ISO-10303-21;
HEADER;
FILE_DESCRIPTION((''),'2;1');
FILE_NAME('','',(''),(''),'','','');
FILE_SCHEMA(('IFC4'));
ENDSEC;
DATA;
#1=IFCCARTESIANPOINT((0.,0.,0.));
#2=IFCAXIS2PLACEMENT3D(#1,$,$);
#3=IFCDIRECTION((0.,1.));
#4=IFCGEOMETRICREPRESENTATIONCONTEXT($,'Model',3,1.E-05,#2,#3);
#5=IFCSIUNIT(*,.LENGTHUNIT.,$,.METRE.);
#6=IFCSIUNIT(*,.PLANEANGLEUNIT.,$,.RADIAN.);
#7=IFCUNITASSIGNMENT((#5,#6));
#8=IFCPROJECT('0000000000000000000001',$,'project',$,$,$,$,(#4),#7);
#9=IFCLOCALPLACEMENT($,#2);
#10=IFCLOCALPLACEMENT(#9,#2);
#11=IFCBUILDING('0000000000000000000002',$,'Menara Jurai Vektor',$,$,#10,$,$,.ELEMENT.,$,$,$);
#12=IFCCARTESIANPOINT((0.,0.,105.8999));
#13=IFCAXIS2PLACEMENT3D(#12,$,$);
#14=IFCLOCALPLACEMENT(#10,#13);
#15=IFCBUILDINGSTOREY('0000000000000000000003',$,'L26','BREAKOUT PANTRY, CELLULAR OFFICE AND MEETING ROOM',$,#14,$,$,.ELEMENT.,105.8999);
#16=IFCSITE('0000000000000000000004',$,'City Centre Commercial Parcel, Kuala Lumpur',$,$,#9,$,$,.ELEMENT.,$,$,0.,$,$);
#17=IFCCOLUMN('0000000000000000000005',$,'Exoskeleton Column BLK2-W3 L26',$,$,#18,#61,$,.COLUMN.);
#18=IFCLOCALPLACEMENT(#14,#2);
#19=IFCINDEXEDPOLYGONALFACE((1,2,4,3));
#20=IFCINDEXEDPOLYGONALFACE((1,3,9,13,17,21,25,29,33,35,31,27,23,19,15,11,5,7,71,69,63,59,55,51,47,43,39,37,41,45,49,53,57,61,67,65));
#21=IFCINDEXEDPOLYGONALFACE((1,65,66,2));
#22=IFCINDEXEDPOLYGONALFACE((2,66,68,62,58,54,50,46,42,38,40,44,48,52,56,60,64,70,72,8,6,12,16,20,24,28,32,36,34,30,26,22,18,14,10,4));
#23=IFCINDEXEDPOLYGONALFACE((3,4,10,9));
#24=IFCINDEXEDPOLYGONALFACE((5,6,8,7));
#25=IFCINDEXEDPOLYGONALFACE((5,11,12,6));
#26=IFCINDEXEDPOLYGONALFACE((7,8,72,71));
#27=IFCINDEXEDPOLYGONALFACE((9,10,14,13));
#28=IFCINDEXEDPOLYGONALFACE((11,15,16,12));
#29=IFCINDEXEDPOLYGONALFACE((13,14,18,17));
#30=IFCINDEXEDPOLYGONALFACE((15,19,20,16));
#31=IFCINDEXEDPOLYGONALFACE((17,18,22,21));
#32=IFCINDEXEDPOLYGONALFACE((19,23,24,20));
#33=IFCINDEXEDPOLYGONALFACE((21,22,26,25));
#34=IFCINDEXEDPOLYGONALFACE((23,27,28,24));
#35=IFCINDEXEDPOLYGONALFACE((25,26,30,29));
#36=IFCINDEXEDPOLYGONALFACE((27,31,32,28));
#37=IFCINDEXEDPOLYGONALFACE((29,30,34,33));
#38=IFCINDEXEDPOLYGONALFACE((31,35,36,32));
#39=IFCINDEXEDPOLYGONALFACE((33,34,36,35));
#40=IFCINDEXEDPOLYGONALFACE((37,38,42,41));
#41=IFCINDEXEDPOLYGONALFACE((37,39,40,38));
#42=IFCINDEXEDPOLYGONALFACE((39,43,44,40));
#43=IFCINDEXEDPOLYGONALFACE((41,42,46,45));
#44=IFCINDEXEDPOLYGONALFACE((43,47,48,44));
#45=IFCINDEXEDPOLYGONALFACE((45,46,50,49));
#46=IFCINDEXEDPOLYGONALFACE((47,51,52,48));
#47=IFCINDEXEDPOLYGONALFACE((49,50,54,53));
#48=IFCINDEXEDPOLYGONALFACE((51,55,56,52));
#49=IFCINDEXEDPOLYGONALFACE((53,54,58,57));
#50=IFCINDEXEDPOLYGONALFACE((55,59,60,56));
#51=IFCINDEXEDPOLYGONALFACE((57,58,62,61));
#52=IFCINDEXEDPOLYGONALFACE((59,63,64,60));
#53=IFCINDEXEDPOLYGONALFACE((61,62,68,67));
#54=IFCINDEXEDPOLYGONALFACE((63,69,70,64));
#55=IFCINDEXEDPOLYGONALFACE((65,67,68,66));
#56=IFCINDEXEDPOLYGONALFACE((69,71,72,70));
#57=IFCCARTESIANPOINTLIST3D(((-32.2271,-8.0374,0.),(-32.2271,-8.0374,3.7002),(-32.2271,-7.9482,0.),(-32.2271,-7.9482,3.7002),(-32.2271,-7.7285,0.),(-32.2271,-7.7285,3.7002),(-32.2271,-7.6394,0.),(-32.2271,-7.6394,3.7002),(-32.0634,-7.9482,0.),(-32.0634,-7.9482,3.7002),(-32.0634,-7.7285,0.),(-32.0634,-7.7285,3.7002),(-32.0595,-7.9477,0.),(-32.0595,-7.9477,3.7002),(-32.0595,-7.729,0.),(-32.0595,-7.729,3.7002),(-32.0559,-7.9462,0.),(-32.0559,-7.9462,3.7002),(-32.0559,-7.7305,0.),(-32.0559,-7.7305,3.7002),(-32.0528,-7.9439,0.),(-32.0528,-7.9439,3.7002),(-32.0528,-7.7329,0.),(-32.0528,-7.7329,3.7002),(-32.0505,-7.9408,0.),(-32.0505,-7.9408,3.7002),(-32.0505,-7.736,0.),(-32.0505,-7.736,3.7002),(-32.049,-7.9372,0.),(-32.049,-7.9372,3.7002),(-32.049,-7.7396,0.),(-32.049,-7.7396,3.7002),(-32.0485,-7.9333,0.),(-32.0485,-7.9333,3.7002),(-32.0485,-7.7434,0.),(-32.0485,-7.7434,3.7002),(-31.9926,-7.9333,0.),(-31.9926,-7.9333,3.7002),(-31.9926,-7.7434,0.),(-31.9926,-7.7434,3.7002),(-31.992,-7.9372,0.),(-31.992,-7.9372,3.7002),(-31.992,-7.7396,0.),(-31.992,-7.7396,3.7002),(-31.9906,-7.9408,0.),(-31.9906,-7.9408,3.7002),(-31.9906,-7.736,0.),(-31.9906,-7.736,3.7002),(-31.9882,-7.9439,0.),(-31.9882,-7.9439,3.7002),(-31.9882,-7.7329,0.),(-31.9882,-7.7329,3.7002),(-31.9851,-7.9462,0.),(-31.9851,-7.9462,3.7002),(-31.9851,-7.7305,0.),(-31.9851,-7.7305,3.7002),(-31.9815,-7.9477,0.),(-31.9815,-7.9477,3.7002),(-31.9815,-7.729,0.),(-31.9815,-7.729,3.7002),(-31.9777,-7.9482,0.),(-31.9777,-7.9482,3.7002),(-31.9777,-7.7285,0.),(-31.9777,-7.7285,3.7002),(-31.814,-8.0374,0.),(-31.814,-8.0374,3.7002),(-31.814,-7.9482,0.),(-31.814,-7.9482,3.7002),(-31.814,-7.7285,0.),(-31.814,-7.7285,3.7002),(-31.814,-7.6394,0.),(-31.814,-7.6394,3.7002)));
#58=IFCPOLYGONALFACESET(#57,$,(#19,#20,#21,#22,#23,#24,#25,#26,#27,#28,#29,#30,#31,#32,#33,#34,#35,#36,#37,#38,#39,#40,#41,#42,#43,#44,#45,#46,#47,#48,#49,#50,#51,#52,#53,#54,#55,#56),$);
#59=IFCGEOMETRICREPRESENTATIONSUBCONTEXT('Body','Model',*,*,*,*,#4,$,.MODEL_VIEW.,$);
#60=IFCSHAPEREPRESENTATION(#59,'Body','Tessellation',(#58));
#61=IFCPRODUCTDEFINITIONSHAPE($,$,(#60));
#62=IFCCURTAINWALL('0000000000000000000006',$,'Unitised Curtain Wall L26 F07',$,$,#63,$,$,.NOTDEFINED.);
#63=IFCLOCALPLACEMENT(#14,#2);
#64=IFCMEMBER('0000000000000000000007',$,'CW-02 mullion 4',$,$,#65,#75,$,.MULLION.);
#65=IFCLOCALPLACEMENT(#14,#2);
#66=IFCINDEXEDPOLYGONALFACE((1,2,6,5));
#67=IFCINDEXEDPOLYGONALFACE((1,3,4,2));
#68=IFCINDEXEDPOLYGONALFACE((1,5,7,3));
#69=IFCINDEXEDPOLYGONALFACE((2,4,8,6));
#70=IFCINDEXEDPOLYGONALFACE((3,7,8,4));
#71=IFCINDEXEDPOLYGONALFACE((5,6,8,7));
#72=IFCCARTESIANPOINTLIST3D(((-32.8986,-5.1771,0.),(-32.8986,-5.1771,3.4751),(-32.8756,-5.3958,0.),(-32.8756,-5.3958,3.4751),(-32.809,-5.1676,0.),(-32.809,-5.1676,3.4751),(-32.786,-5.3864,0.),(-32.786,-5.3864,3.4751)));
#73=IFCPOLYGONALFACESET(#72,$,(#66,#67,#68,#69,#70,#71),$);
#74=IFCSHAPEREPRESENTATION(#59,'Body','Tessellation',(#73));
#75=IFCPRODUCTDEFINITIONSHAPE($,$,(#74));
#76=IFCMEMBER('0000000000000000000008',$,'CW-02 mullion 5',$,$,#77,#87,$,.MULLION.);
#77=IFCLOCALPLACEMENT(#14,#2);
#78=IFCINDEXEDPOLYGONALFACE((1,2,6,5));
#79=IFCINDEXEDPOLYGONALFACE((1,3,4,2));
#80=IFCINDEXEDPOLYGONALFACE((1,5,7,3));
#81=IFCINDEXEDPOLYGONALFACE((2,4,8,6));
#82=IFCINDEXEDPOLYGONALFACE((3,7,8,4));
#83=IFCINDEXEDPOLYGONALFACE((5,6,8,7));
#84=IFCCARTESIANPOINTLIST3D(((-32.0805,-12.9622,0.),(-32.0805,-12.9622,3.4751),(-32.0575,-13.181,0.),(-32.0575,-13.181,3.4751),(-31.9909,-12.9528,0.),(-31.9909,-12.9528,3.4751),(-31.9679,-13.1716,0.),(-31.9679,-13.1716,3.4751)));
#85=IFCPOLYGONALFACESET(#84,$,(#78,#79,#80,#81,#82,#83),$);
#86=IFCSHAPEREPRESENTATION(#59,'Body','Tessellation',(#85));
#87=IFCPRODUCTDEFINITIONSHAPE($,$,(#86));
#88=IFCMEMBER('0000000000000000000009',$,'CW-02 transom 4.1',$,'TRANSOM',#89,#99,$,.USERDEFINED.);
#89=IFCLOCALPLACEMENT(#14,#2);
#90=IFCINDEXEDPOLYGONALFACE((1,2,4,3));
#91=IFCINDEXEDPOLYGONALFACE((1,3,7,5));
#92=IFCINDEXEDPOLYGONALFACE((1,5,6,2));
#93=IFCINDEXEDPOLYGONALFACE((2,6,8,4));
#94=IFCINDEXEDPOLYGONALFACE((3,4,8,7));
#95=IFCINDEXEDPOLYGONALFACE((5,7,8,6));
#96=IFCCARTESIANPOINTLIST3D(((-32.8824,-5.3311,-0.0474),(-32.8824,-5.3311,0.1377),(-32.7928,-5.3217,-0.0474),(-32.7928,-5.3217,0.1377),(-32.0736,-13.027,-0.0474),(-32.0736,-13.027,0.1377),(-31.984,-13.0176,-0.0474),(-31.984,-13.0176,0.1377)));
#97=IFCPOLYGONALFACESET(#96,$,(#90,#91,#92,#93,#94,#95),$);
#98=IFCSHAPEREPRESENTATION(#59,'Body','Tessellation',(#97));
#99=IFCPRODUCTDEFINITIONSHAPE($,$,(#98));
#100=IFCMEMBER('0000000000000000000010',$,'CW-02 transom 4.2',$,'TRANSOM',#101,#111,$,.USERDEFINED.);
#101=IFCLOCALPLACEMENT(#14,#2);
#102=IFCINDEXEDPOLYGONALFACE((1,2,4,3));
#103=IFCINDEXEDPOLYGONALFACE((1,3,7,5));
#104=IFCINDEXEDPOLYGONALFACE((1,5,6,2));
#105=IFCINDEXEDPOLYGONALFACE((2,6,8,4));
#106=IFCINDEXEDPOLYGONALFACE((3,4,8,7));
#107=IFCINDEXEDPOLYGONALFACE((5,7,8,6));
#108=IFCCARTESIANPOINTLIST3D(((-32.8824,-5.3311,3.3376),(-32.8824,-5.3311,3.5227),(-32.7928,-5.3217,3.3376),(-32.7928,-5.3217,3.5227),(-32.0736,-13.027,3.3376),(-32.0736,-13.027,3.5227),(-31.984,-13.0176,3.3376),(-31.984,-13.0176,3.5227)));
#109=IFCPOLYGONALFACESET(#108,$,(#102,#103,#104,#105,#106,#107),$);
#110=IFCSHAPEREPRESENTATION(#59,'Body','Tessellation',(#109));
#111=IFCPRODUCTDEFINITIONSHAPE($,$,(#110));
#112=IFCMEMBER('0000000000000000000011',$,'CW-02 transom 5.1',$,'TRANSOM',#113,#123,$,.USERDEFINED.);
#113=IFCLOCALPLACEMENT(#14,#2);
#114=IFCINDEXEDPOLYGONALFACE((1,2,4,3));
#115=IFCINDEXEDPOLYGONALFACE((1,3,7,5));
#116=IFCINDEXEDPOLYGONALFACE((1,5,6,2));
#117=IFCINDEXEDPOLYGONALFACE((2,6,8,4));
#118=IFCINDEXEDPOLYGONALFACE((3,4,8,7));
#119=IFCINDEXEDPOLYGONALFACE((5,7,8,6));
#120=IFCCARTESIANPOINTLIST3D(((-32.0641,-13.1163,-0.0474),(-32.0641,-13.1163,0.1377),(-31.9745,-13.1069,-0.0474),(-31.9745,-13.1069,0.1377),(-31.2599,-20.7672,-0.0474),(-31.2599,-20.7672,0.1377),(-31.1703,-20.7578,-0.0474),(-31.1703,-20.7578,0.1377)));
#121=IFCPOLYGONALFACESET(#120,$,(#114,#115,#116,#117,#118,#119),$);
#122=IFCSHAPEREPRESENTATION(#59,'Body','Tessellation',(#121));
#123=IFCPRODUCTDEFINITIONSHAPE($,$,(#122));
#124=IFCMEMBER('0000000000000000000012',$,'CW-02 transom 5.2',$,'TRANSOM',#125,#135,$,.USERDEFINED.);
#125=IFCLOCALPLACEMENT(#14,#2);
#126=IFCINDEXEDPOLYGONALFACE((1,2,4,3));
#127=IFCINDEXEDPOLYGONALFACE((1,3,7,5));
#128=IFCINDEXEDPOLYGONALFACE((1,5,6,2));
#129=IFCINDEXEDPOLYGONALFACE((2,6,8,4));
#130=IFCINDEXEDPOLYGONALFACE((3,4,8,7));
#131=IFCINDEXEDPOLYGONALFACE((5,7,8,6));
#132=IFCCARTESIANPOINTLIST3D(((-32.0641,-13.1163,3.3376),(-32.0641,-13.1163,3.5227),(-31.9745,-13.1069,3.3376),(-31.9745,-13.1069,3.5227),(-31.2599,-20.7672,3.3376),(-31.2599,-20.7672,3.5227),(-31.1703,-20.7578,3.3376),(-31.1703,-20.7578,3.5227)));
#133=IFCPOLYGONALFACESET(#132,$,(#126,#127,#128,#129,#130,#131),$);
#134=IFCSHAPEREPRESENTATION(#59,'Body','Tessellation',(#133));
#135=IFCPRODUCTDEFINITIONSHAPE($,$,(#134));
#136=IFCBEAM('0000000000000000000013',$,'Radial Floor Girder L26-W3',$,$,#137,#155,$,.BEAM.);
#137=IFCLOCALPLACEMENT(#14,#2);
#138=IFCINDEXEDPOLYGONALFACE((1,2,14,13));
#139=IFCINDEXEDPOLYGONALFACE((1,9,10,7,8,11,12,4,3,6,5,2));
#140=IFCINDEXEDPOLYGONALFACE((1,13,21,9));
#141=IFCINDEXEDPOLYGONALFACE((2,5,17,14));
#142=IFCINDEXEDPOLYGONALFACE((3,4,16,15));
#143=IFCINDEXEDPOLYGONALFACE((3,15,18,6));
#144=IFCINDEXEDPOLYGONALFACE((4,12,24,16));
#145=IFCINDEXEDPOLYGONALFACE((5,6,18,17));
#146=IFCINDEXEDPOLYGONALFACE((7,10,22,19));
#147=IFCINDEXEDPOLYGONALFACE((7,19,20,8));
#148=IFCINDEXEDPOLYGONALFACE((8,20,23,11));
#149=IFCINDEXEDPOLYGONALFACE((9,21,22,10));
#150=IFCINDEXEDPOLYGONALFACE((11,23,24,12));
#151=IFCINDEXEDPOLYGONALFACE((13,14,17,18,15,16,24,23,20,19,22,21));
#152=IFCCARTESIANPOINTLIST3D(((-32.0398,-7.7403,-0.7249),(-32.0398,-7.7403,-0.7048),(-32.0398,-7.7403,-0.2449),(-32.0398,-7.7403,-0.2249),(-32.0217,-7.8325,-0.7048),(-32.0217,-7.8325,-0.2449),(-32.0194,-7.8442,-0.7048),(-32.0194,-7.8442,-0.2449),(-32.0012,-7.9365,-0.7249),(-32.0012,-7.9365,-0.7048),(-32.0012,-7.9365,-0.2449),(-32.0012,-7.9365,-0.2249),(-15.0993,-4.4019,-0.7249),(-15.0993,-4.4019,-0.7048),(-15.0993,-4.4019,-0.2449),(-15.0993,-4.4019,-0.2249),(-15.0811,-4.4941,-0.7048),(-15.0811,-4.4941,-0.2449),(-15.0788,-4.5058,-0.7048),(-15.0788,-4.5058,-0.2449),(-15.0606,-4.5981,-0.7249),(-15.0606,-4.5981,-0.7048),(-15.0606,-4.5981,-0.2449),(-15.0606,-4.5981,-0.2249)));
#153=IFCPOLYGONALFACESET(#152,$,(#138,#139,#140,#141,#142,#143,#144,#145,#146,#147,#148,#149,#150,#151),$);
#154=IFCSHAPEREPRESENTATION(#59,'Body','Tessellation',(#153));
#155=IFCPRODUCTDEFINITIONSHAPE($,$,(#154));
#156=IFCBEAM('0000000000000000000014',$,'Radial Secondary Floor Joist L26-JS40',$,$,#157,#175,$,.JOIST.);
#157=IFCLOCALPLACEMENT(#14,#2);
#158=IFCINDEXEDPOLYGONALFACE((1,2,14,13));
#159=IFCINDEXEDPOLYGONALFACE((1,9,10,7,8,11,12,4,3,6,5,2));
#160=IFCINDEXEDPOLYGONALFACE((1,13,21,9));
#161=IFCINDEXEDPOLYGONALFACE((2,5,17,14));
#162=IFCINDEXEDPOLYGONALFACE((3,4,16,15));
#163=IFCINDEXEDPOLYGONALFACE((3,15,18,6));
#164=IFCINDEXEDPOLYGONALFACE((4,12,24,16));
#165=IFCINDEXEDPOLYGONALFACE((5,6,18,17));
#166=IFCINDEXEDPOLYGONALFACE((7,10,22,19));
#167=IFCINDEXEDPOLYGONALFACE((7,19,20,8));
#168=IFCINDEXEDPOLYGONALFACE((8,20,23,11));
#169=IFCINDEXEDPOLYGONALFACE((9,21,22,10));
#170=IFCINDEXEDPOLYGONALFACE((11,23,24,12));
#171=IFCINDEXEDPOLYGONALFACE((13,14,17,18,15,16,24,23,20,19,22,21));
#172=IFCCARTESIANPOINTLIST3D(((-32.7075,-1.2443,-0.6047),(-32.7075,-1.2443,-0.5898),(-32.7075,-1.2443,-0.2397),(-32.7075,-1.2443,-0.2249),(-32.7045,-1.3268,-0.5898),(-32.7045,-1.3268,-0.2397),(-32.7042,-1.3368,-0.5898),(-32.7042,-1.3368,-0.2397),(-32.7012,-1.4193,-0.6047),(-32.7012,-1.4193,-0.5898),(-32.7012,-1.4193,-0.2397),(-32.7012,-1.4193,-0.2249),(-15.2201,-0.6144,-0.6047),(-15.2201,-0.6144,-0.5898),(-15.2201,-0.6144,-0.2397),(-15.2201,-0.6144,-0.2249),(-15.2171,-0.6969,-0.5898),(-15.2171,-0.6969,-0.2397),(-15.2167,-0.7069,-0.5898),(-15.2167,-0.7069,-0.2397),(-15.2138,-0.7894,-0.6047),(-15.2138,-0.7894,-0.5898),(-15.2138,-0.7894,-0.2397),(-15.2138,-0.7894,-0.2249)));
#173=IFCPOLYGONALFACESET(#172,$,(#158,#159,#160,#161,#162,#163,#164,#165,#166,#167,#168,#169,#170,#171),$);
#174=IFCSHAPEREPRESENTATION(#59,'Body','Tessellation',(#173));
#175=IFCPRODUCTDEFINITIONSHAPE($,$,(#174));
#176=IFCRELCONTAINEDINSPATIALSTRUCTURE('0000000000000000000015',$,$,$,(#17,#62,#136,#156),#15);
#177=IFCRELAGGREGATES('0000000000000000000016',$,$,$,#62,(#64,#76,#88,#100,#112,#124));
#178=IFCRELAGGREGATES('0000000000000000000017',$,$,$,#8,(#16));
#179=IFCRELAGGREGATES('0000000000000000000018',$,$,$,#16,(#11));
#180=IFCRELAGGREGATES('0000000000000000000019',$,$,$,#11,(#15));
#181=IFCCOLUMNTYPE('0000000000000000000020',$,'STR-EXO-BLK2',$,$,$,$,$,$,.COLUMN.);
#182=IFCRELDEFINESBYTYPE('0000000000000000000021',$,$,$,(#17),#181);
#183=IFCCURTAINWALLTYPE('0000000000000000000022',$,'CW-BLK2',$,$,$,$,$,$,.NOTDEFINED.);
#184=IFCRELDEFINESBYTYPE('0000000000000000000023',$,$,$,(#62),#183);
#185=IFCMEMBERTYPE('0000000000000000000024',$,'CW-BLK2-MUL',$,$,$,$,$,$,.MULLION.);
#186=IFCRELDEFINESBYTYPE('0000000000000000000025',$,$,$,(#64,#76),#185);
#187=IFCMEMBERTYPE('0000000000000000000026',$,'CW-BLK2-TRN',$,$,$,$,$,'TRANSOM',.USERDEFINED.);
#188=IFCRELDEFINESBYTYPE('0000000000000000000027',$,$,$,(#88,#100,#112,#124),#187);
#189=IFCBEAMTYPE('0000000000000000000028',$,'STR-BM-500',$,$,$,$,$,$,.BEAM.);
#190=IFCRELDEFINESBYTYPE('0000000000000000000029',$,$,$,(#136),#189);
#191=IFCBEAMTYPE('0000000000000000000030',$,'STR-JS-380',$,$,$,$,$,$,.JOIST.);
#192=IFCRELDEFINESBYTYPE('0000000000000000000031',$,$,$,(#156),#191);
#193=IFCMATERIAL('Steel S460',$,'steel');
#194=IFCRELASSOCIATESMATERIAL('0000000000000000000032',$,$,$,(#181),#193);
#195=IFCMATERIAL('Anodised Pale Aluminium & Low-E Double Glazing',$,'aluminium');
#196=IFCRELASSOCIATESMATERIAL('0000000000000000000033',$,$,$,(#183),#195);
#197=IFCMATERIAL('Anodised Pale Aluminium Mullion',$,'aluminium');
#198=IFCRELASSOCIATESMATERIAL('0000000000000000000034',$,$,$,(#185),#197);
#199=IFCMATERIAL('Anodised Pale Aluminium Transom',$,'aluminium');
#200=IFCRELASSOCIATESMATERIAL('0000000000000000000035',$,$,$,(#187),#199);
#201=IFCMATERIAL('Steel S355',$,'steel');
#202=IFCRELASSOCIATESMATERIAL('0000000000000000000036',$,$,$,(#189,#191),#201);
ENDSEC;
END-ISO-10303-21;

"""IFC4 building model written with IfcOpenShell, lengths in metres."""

from ifc_helpers import new_model, si_unit, direction, frame, origin, origin_2d, place, context, subcontext, project, spatial, rectangle, i_section, extrude, material, material_profile, profile_set, type_object, element, aggregate, save


model = new_model("IFC4")

# Units and contexts
model_context = context("Model", 3, precision=1e-05, world=origin(), true_north=direction((0.0, 1.0)))
body_context = subcontext(model_context, "Body", "Model", "MODEL_VIEW")
ifc_project = project(units=[si_unit("LENGTHUNIT", "METRE"), si_unit("PLANEANGLEUNIT", "RADIAN")], contexts=[model_context])

# Site, building, storey
site_placement = place(None, origin())
site = spatial("IfcSite", under=ifc_project, at=site_placement, Name="City Centre Commercial Parcel, Kuala Lumpur", CompositionType="ELEMENT", RefElevation=0.0)
building_placement = place(site_placement, origin())
building = spatial("IfcBuilding", under=site, at=building_placement, Name="Menara Jurai Vektor", CompositionType="ELEMENT")
storey_placement = place(building_placement, frame((0.0, 0.0, 105.8999)))
storey = spatial("IfcBuildingStorey", under=building, at=storey_placement, Name="L26", Description="BREAKOUT PANTRY, CELLULAR OFFICE AND MEETING ROOM", CompositionType="ELEMENT", Elevation=105.8999)

# Column
ifc_material_1 = material(Name="Steel S460", Category="steel")
ifc_material_profile_1 = material_profile(ifc_material_1, i_section(OverallWidth=0.4131, OverallDepth=0.3979, WebThickness=0.0559, FlangeThickness=0.0891, FilletRadius=0.0149, at=origin_2d()), Name="HD 400x744")
ifc_profile_set_1 = profile_set([ifc_material_profile_1], Name="Steel S460")
column_type = type_object("IfcColumnType", Name="STR-EXO-BLK2", PredefinedType="COLUMN", material=ifc_profile_set_1)
column_placement = place(storey_placement, frame((-32.0205, -7.8384, 0.0), z_axis=(0.0, 0.0, 1.0), x_axis=(1.0, 0.0, 0.0)))
element("IfcColumn", 1, at=column_placement, inside=storey, type_object=column_type, Name="Exoskeleton Column BLK2-W3 L26", PredefinedType="COLUMN", context=body_context, shape_type="SweptSolid", body=[
    extrude(i_section(OverallWidth=0.4131, OverallDepth=0.3979, WebThickness=0.0559, FlangeThickness=0.0891, FilletRadius=0.0149, at=origin_2d()), origin(), (0.0, 0.0, 1.0), 3.7002),
])

# Curtain wall, members
ifc_material_2 = material(Name="Anodised Pale Aluminium & Low-E Double Glazing", Category="aluminium")
curtain_wall_type = type_object("IfcCurtainWallType", Name="CW-BLK2", PredefinedType="NOTDEFINED", material=ifc_material_2)
curtain_wall_placement = place(storey_placement, origin())
curtain_wall = element("IfcCurtainWall", 2, at=curtain_wall_placement, inside=storey, type_object=curtain_wall_type, Name="Unitised Curtain Wall L26 F07", PredefinedType="NOTDEFINED")
ifc_material_3 = material(Name="Anodised Pale Aluminium Mullion", Category="aluminium")
ifc_material_profile_2 = material_profile(ifc_material_3, rectangle(XDim=0.0901, YDim=0.22, at=origin_2d()), Name="ALU MUL 90x220")
ifc_profile_set_2 = profile_set([ifc_material_profile_2], Name="Anodised Pale Aluminium Mullion")
member_type_1 = type_object("IfcMemberType", Name="CW-BLK2-MUL", PredefinedType="MULLION", material=ifc_profile_set_2)
member_1_placement = place(storey_placement, frame((-32.8423, -5.2817, 0.0), z_axis=(0.0, 0.0, 1.0), x_axis=(0.994522, 0.10453, 0.0)))
member_1 = element("IfcMember", 3, at=member_1_placement, type_object=member_type_1, Name="CW-02 mullion 4", PredefinedType="MULLION", context=body_context, shape_type="SweptSolid", body=[
    extrude(rectangle(XDim=0.0901, YDim=0.22, at=origin_2d()), origin(), (0.0, 0.0, 1.0), 3.4751),
])
member_2_placement = place(storey_placement, frame((-32.0242, -13.0669, 0.0), z_axis=(0.0, 0.0, 1.0), x_axis=(0.994522, 0.10453, 0.0)))
member_2 = element("IfcMember", 4, at=member_2_placement, type_object=member_type_1, Name="CW-02 mullion 5", PredefinedType="MULLION", context=body_context, shape_type="SweptSolid", body=[
    extrude(rectangle(XDim=0.0901, YDim=0.22, at=origin_2d()), origin(), (0.0, 0.0, 1.0), 3.4751),
])
ifc_material_4 = material(Name="Anodised Pale Aluminium Transom", Category="aluminium")
ifc_material_profile_3 = material_profile(ifc_material_4, rectangle(XDim=0.0901, YDim=0.1851, at=origin_2d()), Name="ALU TRN 90x185")
ifc_profile_set_3 = profile_set([ifc_material_profile_3], Name="Anodised Pale Aluminium Transom")
member_type_2 = type_object("IfcMemberType", Name="CW-BLK2-TRN", ElementType="TRANSOM", PredefinedType="USERDEFINED", material=ifc_profile_set_3)
member_3_placement = place(storey_placement, frame((-32.8376, -5.3264, 0.0452), z_axis=(0.104525, -0.994522, 0.0), x_axis=(0.994522, 0.104525, 0.0)))
member_3 = element("IfcMember", 5, at=member_3_placement, type_object=member_type_2, Name="CW-02 transom 4.1", ObjectType="TRANSOM", PredefinedType="USERDEFINED", context=body_context, shape_type="SweptSolid", body=[
    extrude(rectangle(XDim=0.0901, YDim=0.1851, at=origin_2d()), origin(), (0.0, 0.0, 1.0), 7.7383),
])
member_4_placement = place(storey_placement, frame((-32.8376, -5.3264, 3.4302), z_axis=(0.104525, -0.994522, 0.0), x_axis=(0.994522, 0.104525, 0.0)))
member_4 = element("IfcMember", 6, at=member_4_placement, type_object=member_type_2, Name="CW-02 transom 4.2", ObjectType="TRANSOM", PredefinedType="USERDEFINED", context=body_context, shape_type="SweptSolid", body=[
    extrude(rectangle(XDim=0.0901, YDim=0.1851, at=origin_2d()), origin(), (0.0, 0.0, 1.0), 7.7383),
])
member_5_placement = place(storey_placement, frame((-32.0193, -13.1116, 0.0452), z_axis=(0.104536, -0.994521, 0.0), x_axis=(0.994521, 0.104536, 0.0)))
member_5 = element("IfcMember", 7, at=member_5_placement, type_object=member_type_2, Name="CW-02 transom 5.1", ObjectType="TRANSOM", PredefinedType="USERDEFINED", context=body_context, shape_type="SweptSolid", body=[
    extrude(rectangle(XDim=0.0901, YDim=0.1851, at=origin_2d()), origin(), (0.0, 0.0, 1.0), 7.6931),
])
member_6_placement = place(storey_placement, frame((-32.0193, -13.1116, 3.4302), z_axis=(0.104536, -0.994521, 0.0), x_axis=(0.994521, 0.104536, 0.0)))
member_6 = element("IfcMember", 8, at=member_6_placement, type_object=member_type_2, Name="CW-02 transom 5.2", ObjectType="TRANSOM", PredefinedType="USERDEFINED", context=body_context, shape_type="SweptSolid", body=[
    extrude(rectangle(XDim=0.0901, YDim=0.1851, at=origin_2d()), origin(), (0.0, 0.0, 1.0), 7.6931),
])

# Beams
ifc_material_5 = material(Name="Steel S355", Category="steel")
ifc_material_profile_4 = material_profile(ifc_material_5, i_section(OverallWidth=0.2, OverallDepth=0.5, WebThickness=0.012, FlangeThickness=0.02, at=origin_2d()), Name="PG 500x200x96")
ifc_profile_set_4 = profile_set([ifc_material_profile_4], Name="Steel S355")
beam_type_1 = type_object("IfcBeamType", Name="STR-BM-500", PredefinedType="BEAM", material=ifc_profile_set_4)
beam_1_placement = place(storey_placement, frame((-32.0205, -7.8384, -0.4749), z_axis=(0.98113, 0.193347, 0.0), x_axis=(-0.193347, 0.98113, 0.0)))
element("IfcBeam", 9, at=beam_1_placement, inside=storey, type_object=beam_type_1, Name="Radial Floor Girder L26-W3", PredefinedType="BEAM", context=body_context, shape_type="SweptSolid", body=[
    extrude(i_section(OverallWidth=0.2, OverallDepth=0.5, WebThickness=0.012, FlangeThickness=0.02, at=origin_2d()), origin(), (0.0, 0.0, 1.0), 17.2664),
])
ifc_material_profile_5 = material_profile(ifc_material_5, i_section(OverallWidth=0.175, OverallDepth=0.3799, WebThickness=0.01, FlangeThickness=0.0149, at=origin_2d()), Name="PG 380x175x58")
ifc_profile_set_5 = profile_set([ifc_material_profile_5], Name="Steel S355")
beam_type_2 = type_object("IfcBeamType", Name="STR-JS-380", PredefinedType="JOIST", material=ifc_profile_set_5)
beam_2_placement = place(storey_placement, frame((-32.7043, -1.3318, -0.4148), z_axis=(0.999352, 0.035996, 0.0), x_axis=(-0.035996, 0.999352, 0.0)))
element("IfcBeam", 10, at=beam_2_placement, inside=storey, type_object=beam_type_2, Name="Radial Secondary Floor Joist L26-JS40", PredefinedType="JOIST", context=body_context, shape_type="SweptSolid", body=[
    extrude(i_section(OverallWidth=0.175, OverallDepth=0.3799, WebThickness=0.01, FlangeThickness=0.0149, at=origin_2d()), origin(), (0.0, 0.0, 1.0), 17.4988),
])

aggregate(curtain_wall, [member_1, member_2, member_3, member_4, member_5, member_6])

save(model, "model.ifc")
